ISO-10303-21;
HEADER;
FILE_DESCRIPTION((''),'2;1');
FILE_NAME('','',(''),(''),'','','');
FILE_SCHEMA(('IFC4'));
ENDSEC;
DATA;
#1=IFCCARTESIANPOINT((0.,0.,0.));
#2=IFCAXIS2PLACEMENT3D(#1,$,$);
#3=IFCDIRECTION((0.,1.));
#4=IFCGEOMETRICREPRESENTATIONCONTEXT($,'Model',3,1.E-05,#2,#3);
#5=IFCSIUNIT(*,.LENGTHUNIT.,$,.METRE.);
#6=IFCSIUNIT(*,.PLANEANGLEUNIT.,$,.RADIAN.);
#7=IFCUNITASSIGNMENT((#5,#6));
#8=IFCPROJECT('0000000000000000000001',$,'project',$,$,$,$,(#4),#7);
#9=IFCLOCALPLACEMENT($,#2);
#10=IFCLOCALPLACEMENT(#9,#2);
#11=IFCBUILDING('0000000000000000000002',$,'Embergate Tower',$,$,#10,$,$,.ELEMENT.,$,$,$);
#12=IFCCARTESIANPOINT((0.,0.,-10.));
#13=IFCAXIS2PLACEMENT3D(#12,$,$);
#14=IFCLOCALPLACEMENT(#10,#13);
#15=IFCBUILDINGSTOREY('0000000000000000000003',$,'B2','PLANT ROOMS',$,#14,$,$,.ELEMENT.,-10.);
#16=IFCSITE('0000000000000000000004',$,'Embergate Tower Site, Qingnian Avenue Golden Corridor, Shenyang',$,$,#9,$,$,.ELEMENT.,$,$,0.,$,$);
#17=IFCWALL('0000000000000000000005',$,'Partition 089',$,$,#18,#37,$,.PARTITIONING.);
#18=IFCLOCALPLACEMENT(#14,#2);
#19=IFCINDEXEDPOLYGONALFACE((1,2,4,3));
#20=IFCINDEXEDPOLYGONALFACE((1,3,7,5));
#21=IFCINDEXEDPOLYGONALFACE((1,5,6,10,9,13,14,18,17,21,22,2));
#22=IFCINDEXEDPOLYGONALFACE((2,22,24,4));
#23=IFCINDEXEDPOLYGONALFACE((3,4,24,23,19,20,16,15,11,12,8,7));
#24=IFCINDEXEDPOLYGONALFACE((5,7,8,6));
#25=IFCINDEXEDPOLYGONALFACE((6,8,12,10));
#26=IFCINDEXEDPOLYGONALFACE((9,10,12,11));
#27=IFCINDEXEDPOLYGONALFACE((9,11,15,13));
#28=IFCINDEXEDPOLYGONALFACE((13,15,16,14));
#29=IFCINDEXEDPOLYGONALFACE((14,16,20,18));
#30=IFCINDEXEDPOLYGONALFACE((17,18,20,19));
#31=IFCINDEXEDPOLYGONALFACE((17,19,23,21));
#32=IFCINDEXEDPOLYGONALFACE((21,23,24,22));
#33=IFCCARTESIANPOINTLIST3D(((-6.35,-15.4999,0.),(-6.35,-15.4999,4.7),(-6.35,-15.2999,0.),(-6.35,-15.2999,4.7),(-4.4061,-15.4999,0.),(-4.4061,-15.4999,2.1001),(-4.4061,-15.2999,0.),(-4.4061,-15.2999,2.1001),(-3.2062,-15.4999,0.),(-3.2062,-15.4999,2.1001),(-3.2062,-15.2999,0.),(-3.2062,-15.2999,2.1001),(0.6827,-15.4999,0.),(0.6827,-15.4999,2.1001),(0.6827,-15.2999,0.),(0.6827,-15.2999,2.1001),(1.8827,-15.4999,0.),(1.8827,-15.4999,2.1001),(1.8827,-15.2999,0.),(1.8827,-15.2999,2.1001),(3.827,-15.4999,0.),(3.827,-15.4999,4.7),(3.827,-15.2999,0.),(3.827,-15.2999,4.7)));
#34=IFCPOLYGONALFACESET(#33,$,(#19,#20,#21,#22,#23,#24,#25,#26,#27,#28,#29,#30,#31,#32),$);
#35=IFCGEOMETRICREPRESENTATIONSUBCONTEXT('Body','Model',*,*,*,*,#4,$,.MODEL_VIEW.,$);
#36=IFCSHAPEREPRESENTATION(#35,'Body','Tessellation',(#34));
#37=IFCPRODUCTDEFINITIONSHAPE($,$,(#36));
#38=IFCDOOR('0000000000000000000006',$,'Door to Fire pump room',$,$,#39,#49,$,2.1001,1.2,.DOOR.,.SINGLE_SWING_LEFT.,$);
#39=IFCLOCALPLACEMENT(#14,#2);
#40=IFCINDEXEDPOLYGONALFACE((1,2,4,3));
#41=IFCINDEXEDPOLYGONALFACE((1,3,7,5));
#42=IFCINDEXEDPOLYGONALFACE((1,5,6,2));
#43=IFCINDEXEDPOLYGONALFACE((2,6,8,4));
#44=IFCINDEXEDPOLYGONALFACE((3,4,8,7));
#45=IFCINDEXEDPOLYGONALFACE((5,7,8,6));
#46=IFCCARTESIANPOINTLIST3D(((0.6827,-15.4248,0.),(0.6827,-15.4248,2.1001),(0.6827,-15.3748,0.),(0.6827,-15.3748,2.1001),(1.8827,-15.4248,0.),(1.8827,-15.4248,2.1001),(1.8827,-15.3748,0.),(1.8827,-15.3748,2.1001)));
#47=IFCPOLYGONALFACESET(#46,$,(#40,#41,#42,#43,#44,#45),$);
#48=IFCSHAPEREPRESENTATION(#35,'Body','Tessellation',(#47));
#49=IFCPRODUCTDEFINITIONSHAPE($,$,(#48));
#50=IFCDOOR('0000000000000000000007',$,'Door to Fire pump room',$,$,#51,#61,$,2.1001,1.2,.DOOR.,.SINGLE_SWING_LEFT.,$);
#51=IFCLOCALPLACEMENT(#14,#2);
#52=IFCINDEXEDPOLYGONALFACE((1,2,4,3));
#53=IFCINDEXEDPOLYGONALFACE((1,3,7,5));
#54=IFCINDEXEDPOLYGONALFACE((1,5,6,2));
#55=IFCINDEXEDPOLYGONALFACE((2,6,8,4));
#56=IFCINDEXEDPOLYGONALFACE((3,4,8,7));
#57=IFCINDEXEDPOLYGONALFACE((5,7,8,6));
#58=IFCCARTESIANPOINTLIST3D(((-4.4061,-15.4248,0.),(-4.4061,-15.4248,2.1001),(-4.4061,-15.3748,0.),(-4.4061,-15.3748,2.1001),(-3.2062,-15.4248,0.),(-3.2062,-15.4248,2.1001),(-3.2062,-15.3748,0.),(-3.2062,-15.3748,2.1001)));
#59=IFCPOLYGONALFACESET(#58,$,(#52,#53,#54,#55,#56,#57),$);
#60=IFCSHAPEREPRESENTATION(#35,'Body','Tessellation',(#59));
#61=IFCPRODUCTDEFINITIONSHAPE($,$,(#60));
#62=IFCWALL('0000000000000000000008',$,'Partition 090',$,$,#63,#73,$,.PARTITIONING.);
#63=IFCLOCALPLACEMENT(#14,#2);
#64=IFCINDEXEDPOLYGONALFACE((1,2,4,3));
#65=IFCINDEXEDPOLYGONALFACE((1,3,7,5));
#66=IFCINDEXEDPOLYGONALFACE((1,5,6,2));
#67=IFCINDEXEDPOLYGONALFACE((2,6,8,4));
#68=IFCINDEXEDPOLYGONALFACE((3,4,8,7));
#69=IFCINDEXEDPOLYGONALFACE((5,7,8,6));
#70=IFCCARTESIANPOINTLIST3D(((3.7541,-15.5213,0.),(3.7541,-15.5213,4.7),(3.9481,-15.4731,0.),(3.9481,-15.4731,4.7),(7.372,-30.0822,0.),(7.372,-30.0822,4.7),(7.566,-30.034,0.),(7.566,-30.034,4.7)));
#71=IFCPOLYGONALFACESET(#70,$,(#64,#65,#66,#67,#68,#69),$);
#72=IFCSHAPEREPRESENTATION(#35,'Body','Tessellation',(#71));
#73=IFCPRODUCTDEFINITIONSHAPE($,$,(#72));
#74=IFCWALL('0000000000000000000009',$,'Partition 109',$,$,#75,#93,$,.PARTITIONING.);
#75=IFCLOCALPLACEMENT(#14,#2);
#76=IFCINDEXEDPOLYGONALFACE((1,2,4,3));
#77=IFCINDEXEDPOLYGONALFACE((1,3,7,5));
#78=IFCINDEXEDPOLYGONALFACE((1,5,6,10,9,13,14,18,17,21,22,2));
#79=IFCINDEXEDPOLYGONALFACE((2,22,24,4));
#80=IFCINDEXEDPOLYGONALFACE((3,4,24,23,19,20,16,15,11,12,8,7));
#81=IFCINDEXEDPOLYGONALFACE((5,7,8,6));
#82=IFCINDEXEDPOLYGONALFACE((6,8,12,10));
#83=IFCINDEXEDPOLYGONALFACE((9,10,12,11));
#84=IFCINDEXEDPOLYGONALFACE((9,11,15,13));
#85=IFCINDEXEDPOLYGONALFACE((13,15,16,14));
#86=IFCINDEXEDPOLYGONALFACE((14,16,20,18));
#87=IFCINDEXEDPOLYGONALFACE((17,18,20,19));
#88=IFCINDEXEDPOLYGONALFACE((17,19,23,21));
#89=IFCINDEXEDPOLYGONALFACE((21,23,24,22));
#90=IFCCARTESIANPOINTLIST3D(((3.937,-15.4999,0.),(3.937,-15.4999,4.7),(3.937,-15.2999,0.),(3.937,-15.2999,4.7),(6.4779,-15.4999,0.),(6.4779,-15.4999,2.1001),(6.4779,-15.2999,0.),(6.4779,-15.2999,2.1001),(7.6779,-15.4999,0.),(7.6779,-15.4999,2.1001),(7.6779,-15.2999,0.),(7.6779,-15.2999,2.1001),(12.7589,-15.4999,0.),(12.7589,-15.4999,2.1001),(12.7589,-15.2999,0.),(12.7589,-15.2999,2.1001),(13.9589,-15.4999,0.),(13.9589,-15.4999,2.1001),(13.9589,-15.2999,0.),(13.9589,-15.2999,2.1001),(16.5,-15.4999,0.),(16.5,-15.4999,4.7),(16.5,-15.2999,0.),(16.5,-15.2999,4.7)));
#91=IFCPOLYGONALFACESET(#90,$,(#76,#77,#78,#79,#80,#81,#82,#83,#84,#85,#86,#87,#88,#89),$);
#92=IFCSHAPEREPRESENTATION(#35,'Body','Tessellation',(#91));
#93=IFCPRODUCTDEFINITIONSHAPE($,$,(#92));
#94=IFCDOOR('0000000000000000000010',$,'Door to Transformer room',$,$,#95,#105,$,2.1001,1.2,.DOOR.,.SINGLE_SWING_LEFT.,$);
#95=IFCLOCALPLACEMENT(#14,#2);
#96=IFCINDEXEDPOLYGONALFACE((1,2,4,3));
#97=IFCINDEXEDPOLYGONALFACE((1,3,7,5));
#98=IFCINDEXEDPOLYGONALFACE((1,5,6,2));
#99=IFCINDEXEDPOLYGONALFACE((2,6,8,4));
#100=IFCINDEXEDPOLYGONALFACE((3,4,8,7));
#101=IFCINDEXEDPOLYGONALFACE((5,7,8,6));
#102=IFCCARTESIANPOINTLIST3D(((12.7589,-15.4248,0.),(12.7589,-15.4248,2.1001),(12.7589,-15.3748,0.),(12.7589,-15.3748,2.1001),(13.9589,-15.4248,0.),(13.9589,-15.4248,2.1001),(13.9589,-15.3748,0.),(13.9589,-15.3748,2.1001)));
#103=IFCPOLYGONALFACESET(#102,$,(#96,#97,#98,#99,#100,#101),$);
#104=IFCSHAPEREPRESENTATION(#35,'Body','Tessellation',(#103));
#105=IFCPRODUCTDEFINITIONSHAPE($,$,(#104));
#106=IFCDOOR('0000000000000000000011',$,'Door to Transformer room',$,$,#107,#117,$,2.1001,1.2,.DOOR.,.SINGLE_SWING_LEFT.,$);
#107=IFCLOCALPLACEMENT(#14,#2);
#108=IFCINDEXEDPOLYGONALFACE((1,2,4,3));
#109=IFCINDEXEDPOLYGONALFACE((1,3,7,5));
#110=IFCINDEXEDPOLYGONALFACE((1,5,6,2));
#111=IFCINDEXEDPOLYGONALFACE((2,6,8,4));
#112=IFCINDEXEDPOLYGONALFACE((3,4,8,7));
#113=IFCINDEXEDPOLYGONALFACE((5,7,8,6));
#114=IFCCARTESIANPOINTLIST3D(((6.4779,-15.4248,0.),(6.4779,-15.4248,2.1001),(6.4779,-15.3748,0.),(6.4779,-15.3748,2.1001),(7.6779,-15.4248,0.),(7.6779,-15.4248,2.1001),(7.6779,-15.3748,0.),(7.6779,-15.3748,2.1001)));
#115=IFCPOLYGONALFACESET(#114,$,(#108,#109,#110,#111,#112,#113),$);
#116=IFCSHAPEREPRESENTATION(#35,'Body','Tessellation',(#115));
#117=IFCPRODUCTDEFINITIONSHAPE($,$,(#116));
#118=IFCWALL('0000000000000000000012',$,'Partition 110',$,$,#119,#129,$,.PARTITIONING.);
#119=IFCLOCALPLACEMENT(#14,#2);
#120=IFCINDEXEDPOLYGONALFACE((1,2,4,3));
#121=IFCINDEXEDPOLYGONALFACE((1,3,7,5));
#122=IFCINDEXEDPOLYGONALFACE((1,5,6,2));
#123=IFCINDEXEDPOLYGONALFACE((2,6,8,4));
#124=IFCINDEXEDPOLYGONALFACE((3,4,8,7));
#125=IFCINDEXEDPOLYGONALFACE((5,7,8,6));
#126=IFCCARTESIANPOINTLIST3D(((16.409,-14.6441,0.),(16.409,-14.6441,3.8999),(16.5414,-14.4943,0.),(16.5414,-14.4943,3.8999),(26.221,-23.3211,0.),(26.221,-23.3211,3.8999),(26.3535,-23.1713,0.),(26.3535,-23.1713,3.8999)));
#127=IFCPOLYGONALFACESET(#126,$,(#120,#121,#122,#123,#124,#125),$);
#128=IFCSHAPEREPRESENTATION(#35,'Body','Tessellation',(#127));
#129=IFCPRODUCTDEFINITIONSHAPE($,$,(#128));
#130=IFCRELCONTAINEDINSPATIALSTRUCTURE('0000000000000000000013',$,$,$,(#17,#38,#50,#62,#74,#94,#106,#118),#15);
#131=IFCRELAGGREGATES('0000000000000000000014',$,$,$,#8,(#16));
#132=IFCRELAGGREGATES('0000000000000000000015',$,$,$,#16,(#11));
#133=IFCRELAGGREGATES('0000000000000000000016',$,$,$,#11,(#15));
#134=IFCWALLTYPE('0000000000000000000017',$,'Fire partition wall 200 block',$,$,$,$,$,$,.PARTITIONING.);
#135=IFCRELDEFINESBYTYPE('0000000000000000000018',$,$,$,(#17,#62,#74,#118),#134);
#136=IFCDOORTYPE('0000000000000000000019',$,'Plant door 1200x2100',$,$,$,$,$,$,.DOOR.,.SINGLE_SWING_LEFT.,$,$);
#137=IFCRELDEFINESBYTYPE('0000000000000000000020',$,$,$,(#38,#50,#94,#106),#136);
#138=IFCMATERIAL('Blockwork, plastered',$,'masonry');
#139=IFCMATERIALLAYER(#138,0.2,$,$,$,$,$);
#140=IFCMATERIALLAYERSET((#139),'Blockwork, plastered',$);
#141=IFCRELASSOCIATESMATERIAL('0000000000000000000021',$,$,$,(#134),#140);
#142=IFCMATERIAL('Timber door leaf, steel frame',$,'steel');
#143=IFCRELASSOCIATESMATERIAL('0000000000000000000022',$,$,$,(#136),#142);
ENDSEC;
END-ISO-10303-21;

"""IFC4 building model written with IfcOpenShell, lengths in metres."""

from ifc_helpers import new_model, si_unit, direction, frame, frame_2d, origin, place, context, subcontext, project, spatial, rectangle, extrude, source, transform, mapped, material, layer, layer_set, type_object, element, fill, save


model = new_model("IFC4")

# Units and contexts
model_context = context("Model", 3, precision=1e-05, world=origin(), true_north=direction((0.0, 1.0)))
body_context = subcontext(model_context, "Body", "Model", "MODEL_VIEW")
ifc_project = project(units=[si_unit("LENGTHUNIT", "METRE"), si_unit("PLANEANGLEUNIT", "RADIAN")], contexts=[model_context])

# Site, building, storey
site_placement = place(None, origin())
site = spatial("IfcSite", under=ifc_project, at=site_placement, Name="Embergate Tower Site, Qingnian Avenue Golden Corridor, Shenyang", CompositionType="ELEMENT", RefElevation=0.0)
building_placement = place(site_placement, origin())
building = spatial("IfcBuilding", under=site, at=building_placement, Name="Embergate Tower", CompositionType="ELEMENT")
storey_placement = place(building_placement, frame((0.0, 0.0, -10.0)))
storey = spatial("IfcBuildingStorey", under=building, at=storey_placement, Name="B2", Description="PLANT ROOMS", CompositionType="ELEMENT", Elevation=-10.0)

# Shared definitions
ifc_material_1 = material(Name="Blockwork, plastered", Category="masonry")
ifc_layer = layer(ifc_material_1, 0.2)
ifc_layer_set = layer_set([ifc_layer], Name="Blockwork, plastered")
wall_type = type_object("IfcWallType", Name="Fire partition wall 200 block", PredefinedType="PARTITIONING", material=ifc_layer_set)

# Wall, openings, doors
shared_shape_1 = source(origin(), body_context, "Body", "SweptSolid", [
    extrude(rectangle(XDim=10.177, YDim=0.2, at=frame_2d((5.0884, 0.0))), origin(), (0.0, 0.0, 1.0), 4.7),
])
wall_1_placement = place(storey_placement, frame((3.8269, -15.3999, 0.0), z_axis=(0.0, 0.0, 1.0), x_axis=(-1.0, 0.0, 0.0)))
wall_1 = element("IfcWall", 1, at=wall_1_placement, inside=storey, type_object=wall_type, Name="Partition 089", PredefinedType="PARTITIONING", context=body_context, shape_type="MappedRepresentation", body=[
    mapped(shared_shape_1, transform((0.0, 0.0, 0.0))),
])
shared_shape_2 = source(origin(), body_context, "Body", "SweptSolid", [
    extrude(rectangle(XDim=1.2, YDim=2.1001, at=frame_2d((0.6001, 1.05))), frame((0.0, 0.1099, 0.0), z_axis=(0.0, -1.0, 0.0), x_axis=(1.0, 0.0, 0.0)), (0.0, 0.0, 1.0), 0.22),
])
opening_1_placement = place(wall_1_placement, frame((1.9441, 0.0, 0.0)))
opening_1 = element("IfcOpeningElement", 2, at=opening_1_placement, cuts=wall_1, PredefinedType="OPENING", context=body_context, shape_type="MappedRepresentation", body=[
    mapped(shared_shape_2, transform((0.0, 0.0, 0.0))),
])
opening_2_placement = place(wall_1_placement, frame((7.033, 0.0, 0.0)))
opening_2 = element("IfcOpeningElement", 3, at=opening_2_placement, cuts=wall_1, PredefinedType="OPENING", context=body_context, shape_type="MappedRepresentation", body=[
    mapped(shared_shape_2, transform((0.0, 0.0, 0.0))),
])
ifc_material_2 = material(Name="Timber door leaf, steel frame", Category="steel")
door_type = type_object("IfcDoorType", Name="Plant door 1200x2100", OperationType="SINGLE_SWING_LEFT", PredefinedType="DOOR", material=ifc_material_2)
shared_shape_3 = source(origin(), body_context, "Body", "SweptSolid", [
    extrude(rectangle(XDim=1.2, YDim=2.1001, at=frame_2d((0.6001, 1.05))), frame((0.0, 0.0249, 0.0), z_axis=(0.0, -1.0, 0.0), x_axis=(1.0, 0.0, 0.0)), (0.0, 0.0, 1.0), 0.05),
])
door_1_placement = place(opening_1_placement, origin())
door_1 = element("IfcDoor", 4, at=door_1_placement, inside=storey, type_object=door_type, Name="Door to Fire pump room", OperationType="SINGLE_SWING_LEFT", OverallHeight=2.1001, OverallWidth=1.2, PredefinedType="DOOR", context=body_context, shape_type="MappedRepresentation", body=[
    mapped(shared_shape_3, transform((0.0, 0.0, 0.0))),
])
fill(opening_1, door_1)
door_2_placement = place(opening_2_placement, origin())
door_2 = element("IfcDoor", 5, at=door_2_placement, inside=storey, type_object=door_type, Name="Door to Fire pump room", OperationType="SINGLE_SWING_LEFT", OverallHeight=2.1001, OverallWidth=1.2, PredefinedType="DOOR", context=body_context, shape_type="MappedRepresentation", body=[
    mapped(shared_shape_3, transform((0.0, 0.0, 0.0))),
])
fill(opening_2, door_2)

# Wall
shared_shape_4 = source(origin(), body_context, "Body", "SweptSolid", [
    extrude(rectangle(XDim=15.0037, YDim=0.2, at=frame_2d((7.502, 0.0))), origin(), (0.0, 0.0, 1.0), 4.7),
])
wall_2_placement = place(storey_placement, frame((3.8511, -15.4971, 0.0), z_axis=(0.0, 0.0, 1.0), x_axis=(0.241134, -0.970492, 0.0)))
element("IfcWall", 6, at=wall_2_placement, inside=storey, type_object=wall_type, Name="Partition 090", PredefinedType="PARTITIONING", context=body_context, shape_type="MappedRepresentation", body=[
    mapped(shared_shape_4, transform((0.0, 0.0, 0.0))),
])

# Wall, openings, doors
shared_shape_5 = source(origin(), body_context, "Body", "SweptSolid", [
    extrude(rectangle(XDim=12.563, YDim=0.2, at=frame_2d((6.2815, 0.0))), origin(), (0.0, 0.0, 1.0), 4.7),
])
wall_3_placement = place(storey_placement, frame((16.5, -15.3999, 0.0), z_axis=(0.0, 0.0, 1.0), x_axis=(-1.0, 0.0, 0.0)))
wall_3 = element("IfcWall", 7, at=wall_3_placement, inside=storey, type_object=wall_type, Name="Partition 109", PredefinedType="PARTITIONING", context=body_context, shape_type="MappedRepresentation", body=[
    mapped(shared_shape_5, transform((0.0, 0.0, 0.0))),
])
opening_3_placement = place(wall_3_placement, frame((2.541, 0.0, 0.0)))
opening_3 = element("IfcOpeningElement", 8, at=opening_3_placement, cuts=wall_3, PredefinedType="OPENING", context=body_context, shape_type="MappedRepresentation", body=[
    mapped(shared_shape_2, transform((0.0, 0.0, 0.0))),
])
opening_4_placement = place(wall_3_placement, frame((8.822, 0.0, 0.0)))
opening_4 = element("IfcOpeningElement", 9, at=opening_4_placement, cuts=wall_3, PredefinedType="OPENING", context=body_context, shape_type="MappedRepresentation", body=[
    mapped(shared_shape_2, transform((0.0, 0.0, 0.0))),
])
door_3_placement = place(opening_3_placement, origin())
door_3 = element("IfcDoor", 10, at=door_3_placement, inside=storey, type_object=door_type, Name="Door to Transformer room", OperationType="SINGLE_SWING_LEFT", OverallHeight=2.1001, OverallWidth=1.2, PredefinedType="DOOR", context=body_context, shape_type="MappedRepresentation", body=[
    mapped(shared_shape_3, transform((0.0, 0.0, 0.0))),
])
fill(opening_3, door_3)
door_4_placement = place(opening_4_placement, origin())
door_4 = element("IfcDoor", 11, at=door_4_placement, inside=storey, type_object=door_type, Name="Door to Transformer room", OperationType="SINGLE_SWING_LEFT", OverallHeight=2.1001, OverallWidth=1.2, PredefinedType="DOOR", context=body_context, shape_type="MappedRepresentation", body=[
    mapped(shared_shape_3, transform((0.0, 0.0, 0.0))),
])
fill(opening_4, door_4)

# Wall
shared_shape_6 = source(origin(), body_context, "Body", "SweptSolid", [
    extrude(rectangle(XDim=13.0984, YDim=0.2, at=frame_2d((6.5493, 0.0))), origin(), (0.0, 0.0, 1.0), 3.8999),
])
wall_4_placement = place(storey_placement, frame((16.4751, -14.5691, 0.0), z_axis=(0.0, 0.0, 1.0), x_axis=(0.749105, -0.662452, 0.0)))
element("IfcWall", 12, at=wall_4_placement, inside=storey, type_object=wall_type, Name="Partition 110", PredefinedType="PARTITIONING", context=body_context, shape_type="MappedRepresentation", body=[
    mapped(shared_shape_6, transform((0.0, 0.0, 0.0))),
])

save(model, "model.ifc")
